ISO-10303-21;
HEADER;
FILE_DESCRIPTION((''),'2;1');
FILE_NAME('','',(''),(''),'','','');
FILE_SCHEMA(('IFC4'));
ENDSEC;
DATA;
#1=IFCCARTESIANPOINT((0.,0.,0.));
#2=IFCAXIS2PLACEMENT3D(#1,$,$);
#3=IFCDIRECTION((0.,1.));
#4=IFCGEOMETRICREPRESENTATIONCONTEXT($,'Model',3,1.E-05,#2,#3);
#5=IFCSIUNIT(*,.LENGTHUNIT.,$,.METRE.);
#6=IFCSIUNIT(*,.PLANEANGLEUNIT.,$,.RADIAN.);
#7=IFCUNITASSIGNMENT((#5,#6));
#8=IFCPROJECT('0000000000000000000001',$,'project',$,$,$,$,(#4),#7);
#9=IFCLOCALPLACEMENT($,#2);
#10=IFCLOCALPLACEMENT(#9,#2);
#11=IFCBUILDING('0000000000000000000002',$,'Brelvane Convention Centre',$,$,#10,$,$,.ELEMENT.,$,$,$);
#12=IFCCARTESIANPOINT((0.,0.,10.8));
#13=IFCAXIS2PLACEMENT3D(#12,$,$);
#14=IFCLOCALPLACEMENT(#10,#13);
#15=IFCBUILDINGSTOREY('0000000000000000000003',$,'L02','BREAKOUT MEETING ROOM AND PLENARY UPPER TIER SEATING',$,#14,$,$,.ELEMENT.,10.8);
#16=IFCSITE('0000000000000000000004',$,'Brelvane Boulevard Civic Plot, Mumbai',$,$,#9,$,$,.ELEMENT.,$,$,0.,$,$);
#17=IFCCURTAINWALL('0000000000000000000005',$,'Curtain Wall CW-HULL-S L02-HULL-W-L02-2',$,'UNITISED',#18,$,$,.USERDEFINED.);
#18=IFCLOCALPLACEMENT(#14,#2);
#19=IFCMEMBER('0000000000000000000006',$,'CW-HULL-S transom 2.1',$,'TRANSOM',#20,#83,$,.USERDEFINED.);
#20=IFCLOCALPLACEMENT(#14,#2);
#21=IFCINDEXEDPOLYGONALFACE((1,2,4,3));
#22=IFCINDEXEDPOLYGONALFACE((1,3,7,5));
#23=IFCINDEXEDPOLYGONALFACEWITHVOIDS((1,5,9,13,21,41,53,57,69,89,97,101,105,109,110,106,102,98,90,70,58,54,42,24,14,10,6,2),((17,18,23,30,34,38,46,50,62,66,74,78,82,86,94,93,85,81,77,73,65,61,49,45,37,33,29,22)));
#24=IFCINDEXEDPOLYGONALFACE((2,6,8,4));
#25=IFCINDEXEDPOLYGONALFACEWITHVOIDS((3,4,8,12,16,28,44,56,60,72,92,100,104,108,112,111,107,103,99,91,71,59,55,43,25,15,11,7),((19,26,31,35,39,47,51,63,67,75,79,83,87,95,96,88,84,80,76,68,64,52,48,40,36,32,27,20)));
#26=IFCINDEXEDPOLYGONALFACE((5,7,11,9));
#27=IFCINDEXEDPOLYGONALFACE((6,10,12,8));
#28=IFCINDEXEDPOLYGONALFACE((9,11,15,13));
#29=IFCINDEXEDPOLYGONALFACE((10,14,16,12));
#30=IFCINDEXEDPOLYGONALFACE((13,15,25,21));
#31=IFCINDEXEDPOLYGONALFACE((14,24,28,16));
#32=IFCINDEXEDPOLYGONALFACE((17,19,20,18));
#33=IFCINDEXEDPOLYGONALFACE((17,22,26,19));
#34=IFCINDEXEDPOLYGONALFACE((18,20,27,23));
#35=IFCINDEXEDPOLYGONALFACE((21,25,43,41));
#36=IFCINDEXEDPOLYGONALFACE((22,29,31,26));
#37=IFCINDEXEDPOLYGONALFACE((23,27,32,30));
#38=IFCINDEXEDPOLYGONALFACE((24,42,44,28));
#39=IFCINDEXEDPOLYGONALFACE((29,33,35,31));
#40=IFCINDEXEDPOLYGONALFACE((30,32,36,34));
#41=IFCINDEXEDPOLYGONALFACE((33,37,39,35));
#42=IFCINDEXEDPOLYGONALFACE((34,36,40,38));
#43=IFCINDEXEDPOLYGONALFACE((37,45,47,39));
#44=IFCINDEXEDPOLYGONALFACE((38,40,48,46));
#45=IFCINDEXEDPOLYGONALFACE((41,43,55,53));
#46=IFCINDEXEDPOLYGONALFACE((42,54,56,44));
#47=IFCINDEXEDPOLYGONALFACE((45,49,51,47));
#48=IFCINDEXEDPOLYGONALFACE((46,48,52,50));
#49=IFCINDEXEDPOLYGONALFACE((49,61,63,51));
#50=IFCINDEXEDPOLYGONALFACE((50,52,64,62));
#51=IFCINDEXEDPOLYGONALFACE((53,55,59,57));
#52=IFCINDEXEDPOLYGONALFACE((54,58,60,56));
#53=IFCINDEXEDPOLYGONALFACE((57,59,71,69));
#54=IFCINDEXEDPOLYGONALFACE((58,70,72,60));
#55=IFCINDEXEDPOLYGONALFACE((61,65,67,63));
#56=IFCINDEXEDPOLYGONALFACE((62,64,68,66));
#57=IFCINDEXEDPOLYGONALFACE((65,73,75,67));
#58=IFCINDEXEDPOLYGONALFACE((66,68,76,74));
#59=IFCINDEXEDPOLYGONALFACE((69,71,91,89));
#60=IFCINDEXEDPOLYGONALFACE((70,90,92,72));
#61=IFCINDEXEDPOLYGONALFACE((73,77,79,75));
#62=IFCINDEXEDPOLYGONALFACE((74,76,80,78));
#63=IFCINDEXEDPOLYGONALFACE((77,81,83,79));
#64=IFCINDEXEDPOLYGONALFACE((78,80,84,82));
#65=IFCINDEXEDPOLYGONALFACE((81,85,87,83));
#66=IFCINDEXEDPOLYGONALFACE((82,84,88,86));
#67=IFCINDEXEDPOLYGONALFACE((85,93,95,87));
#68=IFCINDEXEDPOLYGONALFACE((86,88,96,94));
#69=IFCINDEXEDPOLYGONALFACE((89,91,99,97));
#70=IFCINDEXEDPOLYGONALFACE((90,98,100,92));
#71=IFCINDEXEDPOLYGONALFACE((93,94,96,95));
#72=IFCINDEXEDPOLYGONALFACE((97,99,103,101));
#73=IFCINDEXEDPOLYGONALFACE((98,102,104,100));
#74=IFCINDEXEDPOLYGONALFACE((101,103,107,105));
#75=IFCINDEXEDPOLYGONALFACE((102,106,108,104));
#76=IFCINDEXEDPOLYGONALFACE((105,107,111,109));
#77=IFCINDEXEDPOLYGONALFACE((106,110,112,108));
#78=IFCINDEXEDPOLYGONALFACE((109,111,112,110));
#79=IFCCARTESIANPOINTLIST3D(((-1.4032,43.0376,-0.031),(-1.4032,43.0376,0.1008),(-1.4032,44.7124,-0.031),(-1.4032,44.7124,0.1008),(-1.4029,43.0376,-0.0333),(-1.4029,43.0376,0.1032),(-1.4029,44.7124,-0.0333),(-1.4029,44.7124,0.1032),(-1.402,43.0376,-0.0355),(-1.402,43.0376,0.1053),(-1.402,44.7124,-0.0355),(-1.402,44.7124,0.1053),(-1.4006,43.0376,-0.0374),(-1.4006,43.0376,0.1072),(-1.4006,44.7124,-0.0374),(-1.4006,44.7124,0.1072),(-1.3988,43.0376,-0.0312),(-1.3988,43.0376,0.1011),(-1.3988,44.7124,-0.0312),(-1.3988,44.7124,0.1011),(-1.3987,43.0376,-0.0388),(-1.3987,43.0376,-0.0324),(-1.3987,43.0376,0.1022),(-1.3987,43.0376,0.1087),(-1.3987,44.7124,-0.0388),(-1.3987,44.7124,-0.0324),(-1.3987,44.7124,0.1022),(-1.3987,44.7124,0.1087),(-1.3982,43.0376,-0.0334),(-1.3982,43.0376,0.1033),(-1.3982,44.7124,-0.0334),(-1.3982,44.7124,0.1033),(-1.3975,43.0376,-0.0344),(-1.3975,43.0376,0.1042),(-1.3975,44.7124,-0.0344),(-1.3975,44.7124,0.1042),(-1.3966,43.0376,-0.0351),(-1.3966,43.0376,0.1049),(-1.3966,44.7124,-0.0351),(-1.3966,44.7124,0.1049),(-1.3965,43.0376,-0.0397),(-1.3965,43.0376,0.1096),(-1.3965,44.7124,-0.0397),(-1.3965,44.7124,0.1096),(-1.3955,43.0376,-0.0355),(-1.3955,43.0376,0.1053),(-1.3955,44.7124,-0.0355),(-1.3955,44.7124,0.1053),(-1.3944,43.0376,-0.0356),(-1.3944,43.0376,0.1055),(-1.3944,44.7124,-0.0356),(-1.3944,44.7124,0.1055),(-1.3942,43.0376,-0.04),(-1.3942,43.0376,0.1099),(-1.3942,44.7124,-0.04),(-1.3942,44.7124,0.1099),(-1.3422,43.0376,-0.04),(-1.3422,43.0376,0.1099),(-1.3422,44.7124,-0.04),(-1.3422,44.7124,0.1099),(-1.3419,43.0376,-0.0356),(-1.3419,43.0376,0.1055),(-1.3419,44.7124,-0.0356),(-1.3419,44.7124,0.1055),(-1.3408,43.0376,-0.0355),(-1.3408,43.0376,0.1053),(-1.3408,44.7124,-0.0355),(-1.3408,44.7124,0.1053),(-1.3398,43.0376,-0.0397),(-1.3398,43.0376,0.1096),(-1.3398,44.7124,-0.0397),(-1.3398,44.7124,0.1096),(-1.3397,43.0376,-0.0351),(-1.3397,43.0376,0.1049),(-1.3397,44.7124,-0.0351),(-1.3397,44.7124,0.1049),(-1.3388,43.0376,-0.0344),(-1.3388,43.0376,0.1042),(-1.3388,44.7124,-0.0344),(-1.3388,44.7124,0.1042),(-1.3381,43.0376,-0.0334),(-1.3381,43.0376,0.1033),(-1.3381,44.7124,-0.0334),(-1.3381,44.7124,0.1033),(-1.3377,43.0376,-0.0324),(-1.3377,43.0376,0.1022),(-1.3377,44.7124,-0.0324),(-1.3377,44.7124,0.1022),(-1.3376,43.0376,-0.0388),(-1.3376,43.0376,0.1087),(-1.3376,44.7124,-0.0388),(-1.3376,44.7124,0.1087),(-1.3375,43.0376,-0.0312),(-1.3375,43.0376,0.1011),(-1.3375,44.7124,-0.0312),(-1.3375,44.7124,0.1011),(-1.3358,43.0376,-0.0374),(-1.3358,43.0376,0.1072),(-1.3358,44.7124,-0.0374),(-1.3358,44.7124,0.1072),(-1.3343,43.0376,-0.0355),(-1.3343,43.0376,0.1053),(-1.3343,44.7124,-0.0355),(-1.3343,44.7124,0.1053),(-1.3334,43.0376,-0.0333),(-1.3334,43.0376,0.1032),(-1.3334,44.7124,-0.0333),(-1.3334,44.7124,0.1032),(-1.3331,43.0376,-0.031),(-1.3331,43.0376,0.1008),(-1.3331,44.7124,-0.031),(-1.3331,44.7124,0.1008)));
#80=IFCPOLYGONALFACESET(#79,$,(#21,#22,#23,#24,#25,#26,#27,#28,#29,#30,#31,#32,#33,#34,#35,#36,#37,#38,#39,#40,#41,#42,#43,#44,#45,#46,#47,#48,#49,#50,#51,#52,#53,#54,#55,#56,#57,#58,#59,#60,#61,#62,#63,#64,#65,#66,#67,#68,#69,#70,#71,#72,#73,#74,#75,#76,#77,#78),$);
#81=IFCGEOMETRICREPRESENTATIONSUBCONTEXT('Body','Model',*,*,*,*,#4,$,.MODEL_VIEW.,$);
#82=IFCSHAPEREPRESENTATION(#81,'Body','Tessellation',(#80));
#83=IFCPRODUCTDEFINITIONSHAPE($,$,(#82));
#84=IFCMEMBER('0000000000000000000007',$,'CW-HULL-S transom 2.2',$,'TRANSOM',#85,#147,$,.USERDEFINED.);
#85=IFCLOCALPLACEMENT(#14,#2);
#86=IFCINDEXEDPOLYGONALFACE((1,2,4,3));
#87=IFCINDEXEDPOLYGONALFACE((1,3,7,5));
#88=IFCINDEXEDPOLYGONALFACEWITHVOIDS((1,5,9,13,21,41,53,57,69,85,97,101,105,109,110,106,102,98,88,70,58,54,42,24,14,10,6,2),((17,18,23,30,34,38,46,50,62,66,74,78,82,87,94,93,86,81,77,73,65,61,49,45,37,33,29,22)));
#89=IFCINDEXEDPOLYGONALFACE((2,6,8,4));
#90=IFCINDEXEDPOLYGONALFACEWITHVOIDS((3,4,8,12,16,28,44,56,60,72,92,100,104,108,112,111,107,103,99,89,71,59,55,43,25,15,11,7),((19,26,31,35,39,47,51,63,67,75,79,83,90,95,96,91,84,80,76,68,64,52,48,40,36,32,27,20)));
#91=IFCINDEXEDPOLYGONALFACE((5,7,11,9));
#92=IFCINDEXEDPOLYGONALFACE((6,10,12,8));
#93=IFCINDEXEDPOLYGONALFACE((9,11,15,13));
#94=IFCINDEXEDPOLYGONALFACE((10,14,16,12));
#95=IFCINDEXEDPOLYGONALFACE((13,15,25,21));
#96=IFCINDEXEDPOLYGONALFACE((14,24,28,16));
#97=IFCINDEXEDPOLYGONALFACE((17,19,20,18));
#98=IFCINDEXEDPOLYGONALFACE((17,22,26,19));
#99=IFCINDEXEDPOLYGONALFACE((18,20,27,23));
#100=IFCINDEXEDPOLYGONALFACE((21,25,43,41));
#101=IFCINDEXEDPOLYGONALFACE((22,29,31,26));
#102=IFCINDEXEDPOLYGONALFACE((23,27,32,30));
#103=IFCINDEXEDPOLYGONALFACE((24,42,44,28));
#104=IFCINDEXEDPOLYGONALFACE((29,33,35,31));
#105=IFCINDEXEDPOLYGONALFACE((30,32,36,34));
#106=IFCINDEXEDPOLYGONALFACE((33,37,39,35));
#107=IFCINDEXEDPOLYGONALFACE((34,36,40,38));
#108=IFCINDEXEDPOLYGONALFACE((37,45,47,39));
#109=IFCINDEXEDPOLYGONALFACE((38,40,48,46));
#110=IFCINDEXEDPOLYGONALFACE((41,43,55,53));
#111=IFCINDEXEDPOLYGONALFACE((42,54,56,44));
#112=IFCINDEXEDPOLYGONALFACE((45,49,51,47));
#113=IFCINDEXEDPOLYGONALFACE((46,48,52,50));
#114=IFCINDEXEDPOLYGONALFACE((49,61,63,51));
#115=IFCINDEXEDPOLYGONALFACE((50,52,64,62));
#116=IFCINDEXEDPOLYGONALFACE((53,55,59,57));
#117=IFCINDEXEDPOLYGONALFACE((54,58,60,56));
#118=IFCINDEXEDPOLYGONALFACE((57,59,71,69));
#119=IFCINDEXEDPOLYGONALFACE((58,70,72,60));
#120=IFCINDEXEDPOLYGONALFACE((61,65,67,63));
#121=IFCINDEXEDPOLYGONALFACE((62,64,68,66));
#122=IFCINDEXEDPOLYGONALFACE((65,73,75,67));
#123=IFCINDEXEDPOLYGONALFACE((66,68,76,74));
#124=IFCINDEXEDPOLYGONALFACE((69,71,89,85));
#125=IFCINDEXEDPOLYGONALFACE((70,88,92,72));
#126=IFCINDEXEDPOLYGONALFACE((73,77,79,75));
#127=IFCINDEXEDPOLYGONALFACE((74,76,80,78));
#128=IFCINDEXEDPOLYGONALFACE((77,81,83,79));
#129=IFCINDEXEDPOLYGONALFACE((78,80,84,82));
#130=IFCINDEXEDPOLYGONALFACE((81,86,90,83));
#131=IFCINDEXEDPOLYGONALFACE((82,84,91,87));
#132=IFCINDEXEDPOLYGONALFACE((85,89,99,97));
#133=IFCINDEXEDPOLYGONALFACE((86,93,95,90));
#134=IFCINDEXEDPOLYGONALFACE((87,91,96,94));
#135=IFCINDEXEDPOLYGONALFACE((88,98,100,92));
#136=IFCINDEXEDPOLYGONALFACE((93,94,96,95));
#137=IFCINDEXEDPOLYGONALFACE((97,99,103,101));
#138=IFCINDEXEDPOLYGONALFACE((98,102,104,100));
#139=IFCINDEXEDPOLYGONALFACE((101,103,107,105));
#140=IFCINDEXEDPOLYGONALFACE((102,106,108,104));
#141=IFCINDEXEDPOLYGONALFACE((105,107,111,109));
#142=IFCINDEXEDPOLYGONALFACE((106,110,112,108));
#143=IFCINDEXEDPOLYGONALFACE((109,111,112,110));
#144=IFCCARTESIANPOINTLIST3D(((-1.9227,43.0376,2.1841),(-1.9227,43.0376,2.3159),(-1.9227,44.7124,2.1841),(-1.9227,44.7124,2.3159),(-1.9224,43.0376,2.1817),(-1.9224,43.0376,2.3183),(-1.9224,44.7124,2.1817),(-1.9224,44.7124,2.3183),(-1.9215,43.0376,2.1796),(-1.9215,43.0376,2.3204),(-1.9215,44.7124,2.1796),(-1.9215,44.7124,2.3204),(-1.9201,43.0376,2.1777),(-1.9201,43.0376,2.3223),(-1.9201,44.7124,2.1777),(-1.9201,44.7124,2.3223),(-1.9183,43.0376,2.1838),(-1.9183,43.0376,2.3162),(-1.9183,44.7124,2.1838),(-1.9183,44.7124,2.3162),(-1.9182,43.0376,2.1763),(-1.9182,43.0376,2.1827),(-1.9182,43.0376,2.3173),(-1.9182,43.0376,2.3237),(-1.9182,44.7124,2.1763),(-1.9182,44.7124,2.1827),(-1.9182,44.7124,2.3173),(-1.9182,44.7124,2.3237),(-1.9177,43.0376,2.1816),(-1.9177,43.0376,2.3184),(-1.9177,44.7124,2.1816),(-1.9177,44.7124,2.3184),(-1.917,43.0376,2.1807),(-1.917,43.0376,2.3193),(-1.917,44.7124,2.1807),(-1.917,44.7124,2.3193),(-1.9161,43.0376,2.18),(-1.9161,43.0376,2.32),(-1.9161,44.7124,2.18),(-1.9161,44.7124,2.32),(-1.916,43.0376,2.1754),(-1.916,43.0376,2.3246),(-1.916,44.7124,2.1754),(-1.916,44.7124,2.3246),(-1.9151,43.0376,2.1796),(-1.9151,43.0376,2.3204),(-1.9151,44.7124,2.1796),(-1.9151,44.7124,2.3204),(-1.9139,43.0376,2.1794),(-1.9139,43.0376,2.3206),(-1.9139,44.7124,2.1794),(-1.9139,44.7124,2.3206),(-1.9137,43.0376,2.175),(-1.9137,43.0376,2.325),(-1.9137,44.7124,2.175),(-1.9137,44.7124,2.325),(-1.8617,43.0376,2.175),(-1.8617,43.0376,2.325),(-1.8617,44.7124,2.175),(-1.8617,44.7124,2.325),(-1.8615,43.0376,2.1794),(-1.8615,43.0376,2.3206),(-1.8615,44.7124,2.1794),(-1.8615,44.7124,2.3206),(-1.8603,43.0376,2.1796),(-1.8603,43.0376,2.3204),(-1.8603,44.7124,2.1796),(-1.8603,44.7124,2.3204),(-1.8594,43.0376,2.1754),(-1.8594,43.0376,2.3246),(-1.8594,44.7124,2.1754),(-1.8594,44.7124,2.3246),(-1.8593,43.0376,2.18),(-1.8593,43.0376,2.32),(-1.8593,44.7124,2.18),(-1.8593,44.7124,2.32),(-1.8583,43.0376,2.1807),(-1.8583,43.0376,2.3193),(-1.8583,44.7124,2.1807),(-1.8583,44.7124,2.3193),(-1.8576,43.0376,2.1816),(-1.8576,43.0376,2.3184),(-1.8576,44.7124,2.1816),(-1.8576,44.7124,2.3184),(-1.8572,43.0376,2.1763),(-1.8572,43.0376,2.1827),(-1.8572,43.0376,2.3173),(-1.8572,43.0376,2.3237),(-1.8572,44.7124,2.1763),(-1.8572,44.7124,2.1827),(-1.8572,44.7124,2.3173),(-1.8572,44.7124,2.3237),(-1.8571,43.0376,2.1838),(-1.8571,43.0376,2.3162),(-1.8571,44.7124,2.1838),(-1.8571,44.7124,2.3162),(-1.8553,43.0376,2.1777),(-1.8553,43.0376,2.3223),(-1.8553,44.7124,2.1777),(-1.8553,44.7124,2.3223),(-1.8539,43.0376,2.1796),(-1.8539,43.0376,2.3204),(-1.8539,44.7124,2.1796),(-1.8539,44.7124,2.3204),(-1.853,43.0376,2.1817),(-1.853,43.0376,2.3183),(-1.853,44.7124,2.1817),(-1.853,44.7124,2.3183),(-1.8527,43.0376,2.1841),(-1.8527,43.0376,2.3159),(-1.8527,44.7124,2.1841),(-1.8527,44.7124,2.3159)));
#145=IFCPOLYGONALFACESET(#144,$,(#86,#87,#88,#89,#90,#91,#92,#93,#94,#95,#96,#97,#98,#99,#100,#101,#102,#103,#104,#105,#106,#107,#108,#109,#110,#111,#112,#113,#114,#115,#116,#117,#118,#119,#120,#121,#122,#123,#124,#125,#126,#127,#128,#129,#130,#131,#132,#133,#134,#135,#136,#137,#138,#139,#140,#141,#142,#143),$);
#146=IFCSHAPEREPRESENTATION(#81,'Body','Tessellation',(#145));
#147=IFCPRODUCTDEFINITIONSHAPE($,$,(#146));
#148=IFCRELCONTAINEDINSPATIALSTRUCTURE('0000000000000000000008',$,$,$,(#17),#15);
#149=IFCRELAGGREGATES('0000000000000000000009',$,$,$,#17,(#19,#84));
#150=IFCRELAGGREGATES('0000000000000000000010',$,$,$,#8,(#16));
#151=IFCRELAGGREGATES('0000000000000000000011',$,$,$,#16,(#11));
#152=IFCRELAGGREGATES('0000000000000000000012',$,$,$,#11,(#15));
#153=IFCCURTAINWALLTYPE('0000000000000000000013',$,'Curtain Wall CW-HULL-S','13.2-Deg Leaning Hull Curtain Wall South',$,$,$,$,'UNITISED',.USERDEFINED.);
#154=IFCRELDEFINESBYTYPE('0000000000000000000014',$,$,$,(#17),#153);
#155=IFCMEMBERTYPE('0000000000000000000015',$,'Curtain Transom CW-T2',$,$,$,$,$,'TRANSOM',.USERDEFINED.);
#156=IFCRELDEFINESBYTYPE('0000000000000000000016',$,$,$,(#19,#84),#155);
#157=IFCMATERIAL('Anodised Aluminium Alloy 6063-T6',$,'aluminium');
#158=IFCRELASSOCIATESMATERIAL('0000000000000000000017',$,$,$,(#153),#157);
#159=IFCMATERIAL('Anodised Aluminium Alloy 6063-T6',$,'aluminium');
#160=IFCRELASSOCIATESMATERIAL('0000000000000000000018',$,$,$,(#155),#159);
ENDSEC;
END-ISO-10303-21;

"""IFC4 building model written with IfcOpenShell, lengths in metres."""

from ifc_helpers import new_model, si_unit, direction, frame, origin, origin_2d, place, context, subcontext, project, spatial, hollow_rectangle, extrude, material, material_profile, profile_set, type_object, element, aggregate, save


model = new_model("IFC4")

# Units and contexts
model_context = context("Model", 3, precision=1e-05, world=origin(), true_north=direction((0.0, 1.0)))
body_context = subcontext(model_context, "Body", "Model", "MODEL_VIEW")
ifc_project = project(units=[si_unit("LENGTHUNIT", "METRE"), si_unit("PLANEANGLEUNIT", "RADIAN")], contexts=[model_context])

# Site, building, storey
site_placement = place(None, origin())
site = spatial("IfcSite", under=ifc_project, at=site_placement, Name="Brelvane Boulevard Civic Plot, Mumbai", CompositionType="ELEMENT", RefElevation=0.0)
building_placement = place(site_placement, origin())
building = spatial("IfcBuilding", under=site, at=building_placement, Name="Brelvane Convention Centre", CompositionType="ELEMENT")
storey_placement = place(building_placement, frame((0.0, 0.0, 10.8)))
storey = spatial("IfcBuildingStorey", under=building, at=storey_placement, Name="L02", Description="BREAKOUT MEETING ROOM AND PLENARY UPPER TIER SEATING", CompositionType="ELEMENT", Elevation=10.8)

# Curtain wall, members
ifc_material_1 = material(Name="Anodised Aluminium Alloy 6063-T6", Category="aluminium")
curtain_wall_type = type_object("IfcCurtainWallType", Name="Curtain Wall CW-HULL-S", Description="13.2-Deg Leaning Hull Curtain Wall South", ElementType="UNITISED", PredefinedType="USERDEFINED", material=ifc_material_1)
curtain_wall_placement = place(storey_placement, origin())
curtain_wall = element("IfcCurtainWall", 1, at=curtain_wall_placement, inside=storey, type_object=curtain_wall_type, Name="Curtain Wall CW-HULL-S L02-HULL-W-L02-2", ObjectType="UNITISED", PredefinedType="USERDEFINED")
ifc_material_2 = material(Name="Anodised Aluminium Alloy 6063-T6", Category="aluminium")
ifc_material_profile_1 = material_profile(ifc_material_2, hollow_rectangle(XDim=0.0701, YDim=0.1499, WallThickness=0.0044, InnerFilletRadius=0.0044, OuterFilletRadius=0.009, at=origin_2d()), Name="ALU-T 150x70x4.5")
ifc_profile_set_1 = profile_set([ifc_material_profile_1], Name="Anodised Aluminium Alloy 6063-T6")
member_type_1 = type_object("IfcMemberType", Name="Curtain Transom CW-T2", ElementType="TRANSOM", PredefinedType="USERDEFINED", material=ifc_profile_set_1)
member_1_placement = place(storey_placement, frame((-1.3682, 43.0376, 0.0349), z_axis=(0.0, 1.0, 0.0), x_axis=(-1.0, 0.0, 0.0)))
member_1 = element("IfcMember", 2, at=member_1_placement, type_object=member_type_1, Name="CW-HULL-S transom 2.1", ObjectType="TRANSOM", PredefinedType="USERDEFINED", context=body_context, shape_type="SweptSolid", body=[
    extrude(hollow_rectangle(XDim=0.0701, YDim=0.1499, WallThickness=0.0044, InnerFilletRadius=0.0044, OuterFilletRadius=0.009, at=origin_2d()), origin(), (0.0, 0.0, 1.0), 1.6748),
])
member_2_placement = place(storey_placement, frame((-1.8877, 43.0376, 2.25), z_axis=(0.0, 1.0, 0.0), x_axis=(-1.0, 0.0, 0.0)))
member_2 = element("IfcMember", 3, at=member_2_placement, type_object=member_type_1, Name="CW-HULL-S transom 2.2", ObjectType="TRANSOM", PredefinedType="USERDEFINED", context=body_context, shape_type="SweptSolid", body=[
    extrude(hollow_rectangle(XDim=0.0701, YDim=0.1499, WallThickness=0.0044, InnerFilletRadius=0.0044, OuterFilletRadius=0.009, at=origin_2d()), origin(), (0.0, 0.0, 1.0), 1.6748),
])
aggregate(curtain_wall, [member_1, member_2])

save(model, "model.ifc")
